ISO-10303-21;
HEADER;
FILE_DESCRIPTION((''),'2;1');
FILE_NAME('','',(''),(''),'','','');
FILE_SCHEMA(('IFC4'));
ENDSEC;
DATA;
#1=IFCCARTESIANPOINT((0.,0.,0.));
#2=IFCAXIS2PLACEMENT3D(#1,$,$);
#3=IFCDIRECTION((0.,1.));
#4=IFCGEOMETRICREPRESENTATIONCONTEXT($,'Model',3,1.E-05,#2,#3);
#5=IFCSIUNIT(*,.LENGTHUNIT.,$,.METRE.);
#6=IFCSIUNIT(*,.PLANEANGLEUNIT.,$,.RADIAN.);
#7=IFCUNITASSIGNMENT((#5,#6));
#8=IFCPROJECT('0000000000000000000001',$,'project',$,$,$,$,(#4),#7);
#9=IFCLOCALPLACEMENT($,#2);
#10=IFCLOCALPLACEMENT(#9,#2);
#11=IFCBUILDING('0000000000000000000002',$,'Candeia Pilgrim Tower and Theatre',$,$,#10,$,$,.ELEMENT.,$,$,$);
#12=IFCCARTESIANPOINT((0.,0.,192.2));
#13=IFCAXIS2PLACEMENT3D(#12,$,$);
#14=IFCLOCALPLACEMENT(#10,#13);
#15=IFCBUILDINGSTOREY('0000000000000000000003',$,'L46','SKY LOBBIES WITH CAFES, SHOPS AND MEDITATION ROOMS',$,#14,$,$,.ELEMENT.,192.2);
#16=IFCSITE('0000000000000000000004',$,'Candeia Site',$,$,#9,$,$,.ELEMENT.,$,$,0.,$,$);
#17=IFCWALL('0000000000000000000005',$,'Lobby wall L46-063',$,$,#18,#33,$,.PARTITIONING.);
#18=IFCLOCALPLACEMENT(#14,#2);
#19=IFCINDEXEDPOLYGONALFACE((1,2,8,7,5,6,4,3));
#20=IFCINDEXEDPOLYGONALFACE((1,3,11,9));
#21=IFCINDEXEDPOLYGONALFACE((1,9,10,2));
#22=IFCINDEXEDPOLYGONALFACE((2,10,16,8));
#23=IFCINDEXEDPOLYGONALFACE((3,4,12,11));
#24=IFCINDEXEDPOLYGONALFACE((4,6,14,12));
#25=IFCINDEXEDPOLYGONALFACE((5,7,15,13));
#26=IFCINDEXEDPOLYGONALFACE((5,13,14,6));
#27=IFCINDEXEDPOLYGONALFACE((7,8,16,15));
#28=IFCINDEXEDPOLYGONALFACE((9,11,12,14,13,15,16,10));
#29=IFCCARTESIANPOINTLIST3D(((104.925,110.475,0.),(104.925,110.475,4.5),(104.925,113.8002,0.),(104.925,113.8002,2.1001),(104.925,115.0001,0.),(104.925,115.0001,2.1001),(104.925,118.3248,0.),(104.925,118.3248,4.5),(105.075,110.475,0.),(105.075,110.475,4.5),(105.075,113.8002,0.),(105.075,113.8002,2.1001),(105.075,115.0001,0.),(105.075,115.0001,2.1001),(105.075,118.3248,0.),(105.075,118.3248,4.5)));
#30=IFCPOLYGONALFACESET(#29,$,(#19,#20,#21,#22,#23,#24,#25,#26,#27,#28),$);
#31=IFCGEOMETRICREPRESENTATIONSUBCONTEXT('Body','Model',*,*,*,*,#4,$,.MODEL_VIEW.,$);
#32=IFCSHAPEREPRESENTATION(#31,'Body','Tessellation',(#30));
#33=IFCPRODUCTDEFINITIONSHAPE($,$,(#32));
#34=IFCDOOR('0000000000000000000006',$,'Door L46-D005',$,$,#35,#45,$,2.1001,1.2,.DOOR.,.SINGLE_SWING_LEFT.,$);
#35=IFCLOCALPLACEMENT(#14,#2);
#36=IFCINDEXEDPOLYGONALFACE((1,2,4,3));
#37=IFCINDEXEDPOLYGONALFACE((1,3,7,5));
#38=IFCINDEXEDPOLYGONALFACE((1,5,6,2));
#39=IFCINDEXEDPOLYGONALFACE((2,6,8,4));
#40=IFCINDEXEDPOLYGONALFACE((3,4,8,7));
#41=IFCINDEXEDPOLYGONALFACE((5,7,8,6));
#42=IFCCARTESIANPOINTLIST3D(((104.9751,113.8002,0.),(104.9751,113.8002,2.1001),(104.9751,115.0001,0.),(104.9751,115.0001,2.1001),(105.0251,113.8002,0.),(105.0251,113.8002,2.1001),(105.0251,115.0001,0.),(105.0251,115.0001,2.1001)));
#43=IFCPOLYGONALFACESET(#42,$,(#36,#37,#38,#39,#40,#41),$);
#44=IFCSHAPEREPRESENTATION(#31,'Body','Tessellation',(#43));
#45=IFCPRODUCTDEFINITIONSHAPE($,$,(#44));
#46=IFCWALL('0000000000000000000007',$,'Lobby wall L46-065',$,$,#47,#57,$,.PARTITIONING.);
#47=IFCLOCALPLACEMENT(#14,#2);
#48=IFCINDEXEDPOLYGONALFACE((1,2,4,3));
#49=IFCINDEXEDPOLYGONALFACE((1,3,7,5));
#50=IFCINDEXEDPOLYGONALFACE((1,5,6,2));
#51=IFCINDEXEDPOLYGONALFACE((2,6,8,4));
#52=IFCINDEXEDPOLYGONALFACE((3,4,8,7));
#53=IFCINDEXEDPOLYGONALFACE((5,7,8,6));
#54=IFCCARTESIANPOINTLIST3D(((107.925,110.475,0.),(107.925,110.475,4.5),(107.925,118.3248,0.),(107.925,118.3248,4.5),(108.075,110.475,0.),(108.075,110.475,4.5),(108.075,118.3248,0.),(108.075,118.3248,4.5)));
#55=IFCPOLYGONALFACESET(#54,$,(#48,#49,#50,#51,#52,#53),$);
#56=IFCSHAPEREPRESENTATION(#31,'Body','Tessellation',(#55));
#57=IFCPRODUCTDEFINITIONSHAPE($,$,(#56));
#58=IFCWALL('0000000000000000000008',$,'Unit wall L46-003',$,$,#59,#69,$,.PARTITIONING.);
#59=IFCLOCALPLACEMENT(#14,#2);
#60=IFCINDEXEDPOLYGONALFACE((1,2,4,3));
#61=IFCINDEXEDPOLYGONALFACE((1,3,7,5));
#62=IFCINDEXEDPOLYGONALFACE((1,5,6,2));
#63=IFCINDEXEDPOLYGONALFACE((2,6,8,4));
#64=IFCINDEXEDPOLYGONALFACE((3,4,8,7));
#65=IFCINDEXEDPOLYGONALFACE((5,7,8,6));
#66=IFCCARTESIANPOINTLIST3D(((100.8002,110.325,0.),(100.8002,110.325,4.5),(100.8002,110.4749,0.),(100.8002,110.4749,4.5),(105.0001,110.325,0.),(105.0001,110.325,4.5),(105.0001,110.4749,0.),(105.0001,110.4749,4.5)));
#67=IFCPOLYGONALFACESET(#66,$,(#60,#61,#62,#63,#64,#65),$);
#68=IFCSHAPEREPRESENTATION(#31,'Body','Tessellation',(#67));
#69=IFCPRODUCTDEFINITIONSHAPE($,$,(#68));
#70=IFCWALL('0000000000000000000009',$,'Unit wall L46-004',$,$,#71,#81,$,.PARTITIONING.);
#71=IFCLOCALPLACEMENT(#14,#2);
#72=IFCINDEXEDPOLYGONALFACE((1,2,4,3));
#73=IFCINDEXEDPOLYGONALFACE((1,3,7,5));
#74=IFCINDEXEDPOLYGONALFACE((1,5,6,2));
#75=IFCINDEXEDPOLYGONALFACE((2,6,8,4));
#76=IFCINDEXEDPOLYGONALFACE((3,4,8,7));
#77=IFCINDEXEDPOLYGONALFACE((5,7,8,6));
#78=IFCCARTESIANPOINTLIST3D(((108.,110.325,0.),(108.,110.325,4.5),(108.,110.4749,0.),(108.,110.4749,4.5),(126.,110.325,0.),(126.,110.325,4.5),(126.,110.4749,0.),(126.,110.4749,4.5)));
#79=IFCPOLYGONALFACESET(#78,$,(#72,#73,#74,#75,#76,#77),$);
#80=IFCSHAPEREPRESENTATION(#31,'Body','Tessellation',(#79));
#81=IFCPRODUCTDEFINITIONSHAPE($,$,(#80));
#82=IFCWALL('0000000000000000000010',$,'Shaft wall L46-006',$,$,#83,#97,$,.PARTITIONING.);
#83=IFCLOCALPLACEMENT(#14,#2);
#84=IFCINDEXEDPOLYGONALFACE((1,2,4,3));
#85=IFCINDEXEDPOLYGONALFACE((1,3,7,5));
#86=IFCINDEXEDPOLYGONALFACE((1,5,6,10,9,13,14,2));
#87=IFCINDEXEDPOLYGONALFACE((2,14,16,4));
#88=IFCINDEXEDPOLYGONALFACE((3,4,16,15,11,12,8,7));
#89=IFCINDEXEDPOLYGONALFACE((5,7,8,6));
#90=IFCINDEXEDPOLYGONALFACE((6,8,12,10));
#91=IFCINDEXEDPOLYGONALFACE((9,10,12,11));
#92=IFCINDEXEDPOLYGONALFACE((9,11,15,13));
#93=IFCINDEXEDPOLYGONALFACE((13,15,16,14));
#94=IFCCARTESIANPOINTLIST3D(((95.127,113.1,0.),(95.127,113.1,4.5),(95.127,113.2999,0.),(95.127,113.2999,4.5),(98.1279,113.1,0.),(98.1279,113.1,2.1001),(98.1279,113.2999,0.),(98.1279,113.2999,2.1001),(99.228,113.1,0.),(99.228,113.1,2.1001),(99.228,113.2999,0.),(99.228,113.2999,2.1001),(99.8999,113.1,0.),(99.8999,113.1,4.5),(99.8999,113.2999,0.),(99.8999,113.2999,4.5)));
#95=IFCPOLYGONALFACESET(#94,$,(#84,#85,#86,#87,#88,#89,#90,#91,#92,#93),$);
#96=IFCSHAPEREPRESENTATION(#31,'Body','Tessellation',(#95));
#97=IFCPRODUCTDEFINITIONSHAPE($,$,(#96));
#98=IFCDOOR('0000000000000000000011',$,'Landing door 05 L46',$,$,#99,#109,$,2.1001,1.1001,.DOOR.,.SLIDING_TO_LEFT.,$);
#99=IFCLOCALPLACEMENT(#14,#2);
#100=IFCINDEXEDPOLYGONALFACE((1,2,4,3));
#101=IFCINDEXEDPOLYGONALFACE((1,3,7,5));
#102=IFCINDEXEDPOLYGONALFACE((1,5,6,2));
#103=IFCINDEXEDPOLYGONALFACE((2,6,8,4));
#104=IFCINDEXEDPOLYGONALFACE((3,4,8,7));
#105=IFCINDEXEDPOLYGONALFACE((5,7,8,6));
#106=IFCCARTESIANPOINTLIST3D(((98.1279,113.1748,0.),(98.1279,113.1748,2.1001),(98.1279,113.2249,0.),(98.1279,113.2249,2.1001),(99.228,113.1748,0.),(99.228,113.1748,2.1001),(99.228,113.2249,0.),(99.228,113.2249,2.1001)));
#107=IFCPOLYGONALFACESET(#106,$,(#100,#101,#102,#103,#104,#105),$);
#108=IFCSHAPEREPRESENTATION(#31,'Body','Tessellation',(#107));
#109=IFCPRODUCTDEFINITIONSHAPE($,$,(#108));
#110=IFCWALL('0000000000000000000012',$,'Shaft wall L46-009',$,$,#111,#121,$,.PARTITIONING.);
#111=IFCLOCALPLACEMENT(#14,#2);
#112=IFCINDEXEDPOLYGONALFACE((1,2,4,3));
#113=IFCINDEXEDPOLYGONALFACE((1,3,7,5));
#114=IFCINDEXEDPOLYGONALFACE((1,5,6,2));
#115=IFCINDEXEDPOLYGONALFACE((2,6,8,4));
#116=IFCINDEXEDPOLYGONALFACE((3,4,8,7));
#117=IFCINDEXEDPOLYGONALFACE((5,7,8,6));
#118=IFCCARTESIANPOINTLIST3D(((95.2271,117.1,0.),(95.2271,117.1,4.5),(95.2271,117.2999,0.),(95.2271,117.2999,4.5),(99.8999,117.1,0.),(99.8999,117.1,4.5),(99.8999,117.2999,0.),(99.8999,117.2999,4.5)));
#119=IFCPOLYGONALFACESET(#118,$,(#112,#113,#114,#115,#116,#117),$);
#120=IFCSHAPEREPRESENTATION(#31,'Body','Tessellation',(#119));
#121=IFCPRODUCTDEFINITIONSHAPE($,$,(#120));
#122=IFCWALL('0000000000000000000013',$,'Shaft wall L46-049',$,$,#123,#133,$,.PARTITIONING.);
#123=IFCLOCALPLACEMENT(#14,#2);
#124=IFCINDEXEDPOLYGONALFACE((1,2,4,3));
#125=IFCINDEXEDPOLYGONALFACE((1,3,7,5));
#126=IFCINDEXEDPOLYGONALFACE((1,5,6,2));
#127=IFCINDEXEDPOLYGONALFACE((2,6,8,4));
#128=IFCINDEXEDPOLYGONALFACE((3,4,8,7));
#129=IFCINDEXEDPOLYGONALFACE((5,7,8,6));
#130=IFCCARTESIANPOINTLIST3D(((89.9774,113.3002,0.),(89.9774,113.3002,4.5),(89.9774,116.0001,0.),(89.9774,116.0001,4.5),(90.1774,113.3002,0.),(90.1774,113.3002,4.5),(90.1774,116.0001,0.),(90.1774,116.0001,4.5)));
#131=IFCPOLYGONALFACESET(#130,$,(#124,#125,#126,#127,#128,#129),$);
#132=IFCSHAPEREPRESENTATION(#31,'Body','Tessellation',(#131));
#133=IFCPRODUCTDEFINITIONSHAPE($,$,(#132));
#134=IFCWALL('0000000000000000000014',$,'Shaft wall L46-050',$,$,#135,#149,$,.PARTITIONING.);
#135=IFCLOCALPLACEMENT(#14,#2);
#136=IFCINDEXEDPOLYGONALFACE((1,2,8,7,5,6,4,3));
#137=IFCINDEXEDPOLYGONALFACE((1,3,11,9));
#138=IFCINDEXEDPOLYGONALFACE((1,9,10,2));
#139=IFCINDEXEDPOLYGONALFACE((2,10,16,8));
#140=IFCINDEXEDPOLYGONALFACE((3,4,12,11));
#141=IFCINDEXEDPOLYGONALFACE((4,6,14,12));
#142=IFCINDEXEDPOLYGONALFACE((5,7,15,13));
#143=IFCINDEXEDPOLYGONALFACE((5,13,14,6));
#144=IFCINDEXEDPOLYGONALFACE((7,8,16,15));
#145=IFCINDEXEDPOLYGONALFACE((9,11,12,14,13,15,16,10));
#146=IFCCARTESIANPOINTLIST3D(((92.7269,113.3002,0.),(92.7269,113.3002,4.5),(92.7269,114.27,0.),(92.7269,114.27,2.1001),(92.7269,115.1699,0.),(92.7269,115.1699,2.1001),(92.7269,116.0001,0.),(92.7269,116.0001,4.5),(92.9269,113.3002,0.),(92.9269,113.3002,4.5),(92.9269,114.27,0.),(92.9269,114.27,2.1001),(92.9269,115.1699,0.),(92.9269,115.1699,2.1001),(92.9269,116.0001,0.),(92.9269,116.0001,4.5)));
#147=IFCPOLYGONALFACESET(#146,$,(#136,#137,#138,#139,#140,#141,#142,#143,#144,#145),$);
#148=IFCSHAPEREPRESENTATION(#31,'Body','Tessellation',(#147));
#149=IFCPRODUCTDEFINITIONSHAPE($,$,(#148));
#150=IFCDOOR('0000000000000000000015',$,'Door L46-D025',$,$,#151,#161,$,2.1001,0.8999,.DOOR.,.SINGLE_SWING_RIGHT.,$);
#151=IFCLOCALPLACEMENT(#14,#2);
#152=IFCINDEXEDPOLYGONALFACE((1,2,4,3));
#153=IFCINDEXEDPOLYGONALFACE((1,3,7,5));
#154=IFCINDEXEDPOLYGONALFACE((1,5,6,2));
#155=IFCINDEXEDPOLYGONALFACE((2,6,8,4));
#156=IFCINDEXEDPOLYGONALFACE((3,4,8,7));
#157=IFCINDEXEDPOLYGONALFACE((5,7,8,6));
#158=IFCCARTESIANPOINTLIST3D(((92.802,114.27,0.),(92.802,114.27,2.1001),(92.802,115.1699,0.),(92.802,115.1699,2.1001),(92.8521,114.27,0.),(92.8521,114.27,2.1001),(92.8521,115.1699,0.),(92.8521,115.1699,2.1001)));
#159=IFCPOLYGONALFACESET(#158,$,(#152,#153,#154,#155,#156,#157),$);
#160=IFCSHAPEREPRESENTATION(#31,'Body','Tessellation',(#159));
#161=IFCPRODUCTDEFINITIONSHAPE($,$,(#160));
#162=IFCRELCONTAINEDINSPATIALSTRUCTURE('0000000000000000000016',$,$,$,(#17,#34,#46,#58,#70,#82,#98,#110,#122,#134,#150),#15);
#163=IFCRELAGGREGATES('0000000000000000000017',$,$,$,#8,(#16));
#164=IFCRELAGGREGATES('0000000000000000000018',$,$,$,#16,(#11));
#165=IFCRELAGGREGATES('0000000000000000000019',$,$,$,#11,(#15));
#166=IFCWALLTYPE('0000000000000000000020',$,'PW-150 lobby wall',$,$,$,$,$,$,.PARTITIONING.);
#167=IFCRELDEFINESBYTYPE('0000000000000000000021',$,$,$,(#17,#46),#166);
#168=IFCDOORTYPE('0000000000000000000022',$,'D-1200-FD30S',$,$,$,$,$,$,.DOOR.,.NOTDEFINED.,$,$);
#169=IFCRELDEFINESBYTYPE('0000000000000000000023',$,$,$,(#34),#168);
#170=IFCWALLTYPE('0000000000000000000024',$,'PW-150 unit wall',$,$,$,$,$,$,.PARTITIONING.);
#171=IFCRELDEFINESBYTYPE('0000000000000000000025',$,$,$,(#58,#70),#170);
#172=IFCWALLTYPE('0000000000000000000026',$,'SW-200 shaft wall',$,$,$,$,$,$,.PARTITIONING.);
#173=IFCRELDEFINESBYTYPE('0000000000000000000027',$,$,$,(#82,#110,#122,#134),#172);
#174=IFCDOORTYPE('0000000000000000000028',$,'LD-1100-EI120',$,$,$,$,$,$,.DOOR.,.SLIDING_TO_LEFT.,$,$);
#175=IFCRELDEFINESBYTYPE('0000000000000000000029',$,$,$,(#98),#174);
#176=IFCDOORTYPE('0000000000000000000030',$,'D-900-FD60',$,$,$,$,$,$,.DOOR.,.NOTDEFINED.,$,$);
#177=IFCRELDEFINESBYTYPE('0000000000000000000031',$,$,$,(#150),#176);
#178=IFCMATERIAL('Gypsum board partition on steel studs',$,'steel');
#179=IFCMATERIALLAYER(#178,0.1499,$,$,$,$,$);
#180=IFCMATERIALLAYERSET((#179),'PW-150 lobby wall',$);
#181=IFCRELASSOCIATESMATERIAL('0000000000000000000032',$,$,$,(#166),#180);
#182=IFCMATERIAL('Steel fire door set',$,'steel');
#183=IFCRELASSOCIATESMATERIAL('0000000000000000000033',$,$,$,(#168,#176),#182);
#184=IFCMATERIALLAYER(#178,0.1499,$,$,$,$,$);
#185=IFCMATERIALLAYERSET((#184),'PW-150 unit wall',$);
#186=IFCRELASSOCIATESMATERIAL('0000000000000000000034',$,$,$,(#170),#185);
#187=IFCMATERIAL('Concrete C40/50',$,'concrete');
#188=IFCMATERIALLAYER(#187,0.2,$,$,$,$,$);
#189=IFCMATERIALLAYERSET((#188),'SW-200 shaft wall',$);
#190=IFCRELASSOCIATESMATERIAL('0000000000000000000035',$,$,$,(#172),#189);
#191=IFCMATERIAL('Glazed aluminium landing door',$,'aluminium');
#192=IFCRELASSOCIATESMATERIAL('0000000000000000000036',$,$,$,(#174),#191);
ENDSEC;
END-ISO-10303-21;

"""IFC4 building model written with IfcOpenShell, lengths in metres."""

from ifc_helpers import new_model, si_unit, direction, frame, frame_2d, origin, place, context, subcontext, project, spatial, rectangle, extrude, material, layer, layer_set, type_object, element, fill, save


model = new_model("IFC4")

# Units and contexts
model_context = context("Model", 3, precision=1e-05, world=origin(), true_north=direction((0.0, 1.0)))
body_context = subcontext(model_context, "Body", "Model", "MODEL_VIEW")
ifc_project = project(units=[si_unit("LENGTHUNIT", "METRE"), si_unit("PLANEANGLEUNIT", "RADIAN")], contexts=[model_context])

# Site, building, storey
site_placement = place(None, origin())
site = spatial("IfcSite", under=ifc_project, at=site_placement, Name="Candeia Site", CompositionType="ELEMENT", RefElevation=0.0)
building_placement = place(site_placement, origin())
building = spatial("IfcBuilding", under=site, at=building_placement, Name="Candeia Pilgrim Tower and Theatre", CompositionType="ELEMENT")
storey_placement = place(building_placement, frame((0.0, 0.0, 192.2)))
storey = spatial("IfcBuildingStorey", under=building, at=storey_placement, Name="L46", Description="SKY LOBBIES WITH CAFES, SHOPS AND MEDITATION ROOMS", CompositionType="ELEMENT", Elevation=192.2)

# Shared definitions
ifc_material_1 = material(Name="Steel fire door set", Category="steel")

# Shared definitions
ifc_material_2 = material(Name="Gypsum board partition on steel studs", Category="steel")
ifc_layer_1 = layer(ifc_material_2, 0.1499)
ifc_layer_set_1 = layer_set([ifc_layer_1], Name="PW-150 lobby wall")
wall_type_1 = type_object("IfcWallType", Name="PW-150 lobby wall", PredefinedType="PARTITIONING", material=ifc_layer_set_1)

# Wall, opening, door
wall_1_placement = place(storey_placement, frame((105.0, 110.4751, 0.0), z_axis=(0.0, 0.0, 1.0), x_axis=(0.0, 1.0, 0.0)))
wall_1 = element("IfcWall", 1, at=wall_1_placement, inside=storey, type_object=wall_type_1, Name="Lobby wall L46-063", PredefinedType="PARTITIONING", context=body_context, shape_type="SweptSolid", body=[
    extrude(rectangle(XDim=7.8499, YDim=0.1499, at=frame_2d((3.9248, 0.0))), origin(), (0.0, 0.0, 1.0), 4.5),
])
opening_1_placement = place(wall_1_placement, frame((3.325, 0.0, 0.0)))
opening_1 = element("IfcOpeningElement", 2, at=opening_1_placement, cuts=wall_1, PredefinedType="OPENING", context=body_context, shape_type="SweptSolid", body=[
    extrude(rectangle(XDim=1.2, YDim=2.1001, at=frame_2d((0.6001, 1.05))), frame((0.0, 0.085, 0.0), z_axis=(0.0, -1.0, 0.0), x_axis=(1.0, 0.0, 0.0)), (0.0, 0.0, 1.0), 0.1699),
])
door_type_1 = type_object("IfcDoorType", Name="D-1200-FD30S", OperationType="NOTDEFINED", PredefinedType="DOOR", material=ifc_material_1)
door_1_placement = place(opening_1_placement, origin())
door_1 = element("IfcDoor", 3, at=door_1_placement, inside=storey, type_object=door_type_1, Name="Door L46-D005", OperationType="SINGLE_SWING_LEFT", OverallHeight=2.1001, OverallWidth=1.2, PredefinedType="DOOR", context=body_context, shape_type="SweptSolid", body=[
    extrude(rectangle(XDim=1.2, YDim=2.1001, at=frame_2d((0.6001, 1.05))), frame((0.0, 0.0249, 0.0), z_axis=(0.0, -1.0, 0.0), x_axis=(1.0, 0.0, 0.0)), (0.0, 0.0, 1.0), 0.05),
])
fill(opening_1, door_1)

# Walls
wall_2_placement = place(storey_placement, frame((108.0, 110.4751, 0.0), z_axis=(0.0, 0.0, 1.0), x_axis=(0.0, 1.0, 0.0)))
element("IfcWall", 4, at=wall_2_placement, inside=storey, type_object=wall_type_1, Name="Lobby wall L46-065", PredefinedType="PARTITIONING", context=body_context, shape_type="SweptSolid", body=[
    extrude(rectangle(XDim=7.8499, YDim=0.1499, at=frame_2d((3.9248, 0.0))), origin(), (0.0, 0.0, 1.0), 4.5),
])
ifc_layer_2 = layer(ifc_material_2, 0.1499)
ifc_layer_set_2 = layer_set([ifc_layer_2], Name="PW-150 unit wall")
wall_type_2 = type_object("IfcWallType", Name="PW-150 unit wall", PredefinedType="PARTITIONING", material=ifc_layer_set_2)
wall_3_placement = place(storey_placement, frame((100.8, 110.3999, 0.0), z_axis=(0.0, 0.0, 1.0), x_axis=(1.0, 0.0, 0.0)))
element("IfcWall", 5, at=wall_3_placement, inside=storey, type_object=wall_type_2, Name="Unit wall L46-003", PredefinedType="PARTITIONING", context=body_context, shape_type="SweptSolid", body=[
    extrude(rectangle(XDim=4.2, YDim=0.1499, at=frame_2d((2.1001, 0.0))), origin(), (0.0, 0.0, 1.0), 4.5),
])
wall_4_placement = place(storey_placement, frame((108.0, 110.3999, 0.0), z_axis=(0.0, 0.0, 1.0), x_axis=(1.0, 0.0, 0.0)))
element("IfcWall", 6, at=wall_4_placement, inside=storey, type_object=wall_type_2, Name="Unit wall L46-004", PredefinedType="PARTITIONING", context=body_context, shape_type="SweptSolid", body=[
    extrude(rectangle(XDim=18.0, YDim=0.1499, at=frame_2d((9.0, 0.0))), origin(), (0.0, 0.0, 1.0), 4.5),
])

# Wall, opening, door
ifc_material_3 = material(Name="Concrete C40/50", Category="concrete")
ifc_layer_3 = layer(ifc_material_3, 0.2)
ifc_layer_set_3 = layer_set([ifc_layer_3], Name="SW-200 shaft wall")
wall_type_3 = type_object("IfcWallType", Name="SW-200 shaft wall", PredefinedType="PARTITIONING", material=ifc_layer_set_3)
wall_5_placement = place(storey_placement, frame((95.127, 113.2, 0.0), z_axis=(0.0, 0.0, 1.0), x_axis=(1.0, 0.0, 0.0)))
wall_5 = element("IfcWall", 7, at=wall_5_placement, inside=storey, type_object=wall_type_3, Name="Shaft wall L46-006", PredefinedType="PARTITIONING", context=body_context, shape_type="SweptSolid", body=[
    extrude(rectangle(XDim=4.7729, YDim=0.2, at=frame_2d((2.3865, 0.0))), origin(), (0.0, 0.0, 1.0), 4.5),
])
opening_2_placement = place(wall_5_placement, frame((3.001, 0.0, 0.0)))
opening_2 = element("IfcOpeningElement", 8, at=opening_2_placement, cuts=wall_5, PredefinedType="OPENING", context=body_context, shape_type="SweptSolid", body=[
    extrude(rectangle(XDim=1.1001, YDim=2.1001, at=frame_2d((0.55, 1.05))), frame((0.0, 0.1099, 0.0), z_axis=(0.0, -1.0, 0.0), x_axis=(1.0, 0.0, 0.0)), (0.0, 0.0, 1.0), 0.22),
])
ifc_material_4 = material(Name="Glazed aluminium landing door", Category="aluminium")
door_type_2 = type_object("IfcDoorType", Name="LD-1100-EI120", OperationType="SLIDING_TO_LEFT", PredefinedType="DOOR", material=ifc_material_4)
door_2_placement = place(opening_2_placement, origin())
door_2 = element("IfcDoor", 9, at=door_2_placement, inside=storey, type_object=door_type_2, Name="Landing door 05 L46", OperationType="SLIDING_TO_LEFT", OverallHeight=2.1001, OverallWidth=1.1001, PredefinedType="DOOR", context=body_context, shape_type="SweptSolid", body=[
    extrude(rectangle(XDim=1.1001, YDim=2.1001, at=frame_2d((0.55, 1.05))), frame((0.0, 0.0249, 0.0), z_axis=(0.0, -1.0, 0.0), x_axis=(1.0, 0.0, 0.0)), (0.0, 0.0, 1.0), 0.05),
])
fill(opening_2, door_2)

# Walls
wall_6_placement = place(storey_placement, frame((95.2271, 117.2, 0.0), z_axis=(0.0, 0.0, 1.0), x_axis=(1.0, 0.0, 0.0)))
element("IfcWall", 10, at=wall_6_placement, inside=storey, type_object=wall_type_3, Name="Shaft wall L46-009", PredefinedType="PARTITIONING", context=body_context, shape_type="SweptSolid", body=[
    extrude(rectangle(XDim=4.6729, YDim=0.2, at=frame_2d((2.3364, 0.0))), origin(), (0.0, 0.0, 1.0), 4.5),
])
wall_7_placement = place(storey_placement, frame((90.0774, 113.3, 0.0), z_axis=(0.0, 0.0, 1.0), x_axis=(0.0, 1.0, 0.0)))
element("IfcWall", 11, at=wall_7_placement, inside=storey, type_object=wall_type_3, Name="Shaft wall L46-049", PredefinedType="PARTITIONING", context=body_context, shape_type="SweptSolid", body=[
    extrude(rectangle(XDim=2.7, YDim=0.2, at=frame_2d((1.3501, 0.0))), origin(), (0.0, 0.0, 1.0), 4.5),
])

# Wall, opening, door
wall_8_placement = place(storey_placement, frame((92.8269, 113.3, 0.0), z_axis=(0.0, 0.0, 1.0), x_axis=(0.0, 1.0, 0.0)))
wall_8 = element("IfcWall", 12, at=wall_8_placement, inside=storey, type_object=wall_type_3, Name="Shaft wall L46-050", PredefinedType="PARTITIONING", context=body_context, shape_type="SweptSolid", body=[
    extrude(rectangle(XDim=2.7, YDim=0.2, at=frame_2d((1.3501, 0.0))), origin(), (0.0, 0.0, 1.0), 4.5),
])
opening_3_placement = place(wall_8_placement, frame((0.97, 0.0, 0.0)))
opening_3 = element("IfcOpeningElement", 13, at=opening_3_placement, cuts=wall_8, PredefinedType="OPENING", context=body_context, shape_type="SweptSolid", body=[
    extrude(rectangle(XDim=0.8999, YDim=2.1001, at=frame_2d((0.45, 1.05))), frame((0.0, 0.1099, 0.0), z_axis=(0.0, -1.0, 0.0), x_axis=(1.0, 0.0, 0.0)), (0.0, 0.0, 1.0), 0.22),
])
door_type_3 = type_object("IfcDoorType", Name="D-900-FD60", OperationType="NOTDEFINED", PredefinedType="DOOR", material=ifc_material_1)
door_3_placement = place(opening_3_placement, origin())
door_3 = element("IfcDoor", 14, at=door_3_placement, inside=storey, type_object=door_type_3, Name="Door L46-D025", OperationType="SINGLE_SWING_RIGHT", OverallHeight=2.1001, OverallWidth=0.8999, PredefinedType="DOOR", context=body_context, shape_type="SweptSolid", body=[
    extrude(rectangle(XDim=0.8999, YDim=2.1001, at=frame_2d((0.45, 1.05))), frame((0.0, 0.0249, 0.0), z_axis=(0.0, -1.0, 0.0), x_axis=(1.0, 0.0, 0.0)), (0.0, 0.0, 1.0), 0.05),
])
fill(opening_3, door_3)

save(model, "model.ifc")
